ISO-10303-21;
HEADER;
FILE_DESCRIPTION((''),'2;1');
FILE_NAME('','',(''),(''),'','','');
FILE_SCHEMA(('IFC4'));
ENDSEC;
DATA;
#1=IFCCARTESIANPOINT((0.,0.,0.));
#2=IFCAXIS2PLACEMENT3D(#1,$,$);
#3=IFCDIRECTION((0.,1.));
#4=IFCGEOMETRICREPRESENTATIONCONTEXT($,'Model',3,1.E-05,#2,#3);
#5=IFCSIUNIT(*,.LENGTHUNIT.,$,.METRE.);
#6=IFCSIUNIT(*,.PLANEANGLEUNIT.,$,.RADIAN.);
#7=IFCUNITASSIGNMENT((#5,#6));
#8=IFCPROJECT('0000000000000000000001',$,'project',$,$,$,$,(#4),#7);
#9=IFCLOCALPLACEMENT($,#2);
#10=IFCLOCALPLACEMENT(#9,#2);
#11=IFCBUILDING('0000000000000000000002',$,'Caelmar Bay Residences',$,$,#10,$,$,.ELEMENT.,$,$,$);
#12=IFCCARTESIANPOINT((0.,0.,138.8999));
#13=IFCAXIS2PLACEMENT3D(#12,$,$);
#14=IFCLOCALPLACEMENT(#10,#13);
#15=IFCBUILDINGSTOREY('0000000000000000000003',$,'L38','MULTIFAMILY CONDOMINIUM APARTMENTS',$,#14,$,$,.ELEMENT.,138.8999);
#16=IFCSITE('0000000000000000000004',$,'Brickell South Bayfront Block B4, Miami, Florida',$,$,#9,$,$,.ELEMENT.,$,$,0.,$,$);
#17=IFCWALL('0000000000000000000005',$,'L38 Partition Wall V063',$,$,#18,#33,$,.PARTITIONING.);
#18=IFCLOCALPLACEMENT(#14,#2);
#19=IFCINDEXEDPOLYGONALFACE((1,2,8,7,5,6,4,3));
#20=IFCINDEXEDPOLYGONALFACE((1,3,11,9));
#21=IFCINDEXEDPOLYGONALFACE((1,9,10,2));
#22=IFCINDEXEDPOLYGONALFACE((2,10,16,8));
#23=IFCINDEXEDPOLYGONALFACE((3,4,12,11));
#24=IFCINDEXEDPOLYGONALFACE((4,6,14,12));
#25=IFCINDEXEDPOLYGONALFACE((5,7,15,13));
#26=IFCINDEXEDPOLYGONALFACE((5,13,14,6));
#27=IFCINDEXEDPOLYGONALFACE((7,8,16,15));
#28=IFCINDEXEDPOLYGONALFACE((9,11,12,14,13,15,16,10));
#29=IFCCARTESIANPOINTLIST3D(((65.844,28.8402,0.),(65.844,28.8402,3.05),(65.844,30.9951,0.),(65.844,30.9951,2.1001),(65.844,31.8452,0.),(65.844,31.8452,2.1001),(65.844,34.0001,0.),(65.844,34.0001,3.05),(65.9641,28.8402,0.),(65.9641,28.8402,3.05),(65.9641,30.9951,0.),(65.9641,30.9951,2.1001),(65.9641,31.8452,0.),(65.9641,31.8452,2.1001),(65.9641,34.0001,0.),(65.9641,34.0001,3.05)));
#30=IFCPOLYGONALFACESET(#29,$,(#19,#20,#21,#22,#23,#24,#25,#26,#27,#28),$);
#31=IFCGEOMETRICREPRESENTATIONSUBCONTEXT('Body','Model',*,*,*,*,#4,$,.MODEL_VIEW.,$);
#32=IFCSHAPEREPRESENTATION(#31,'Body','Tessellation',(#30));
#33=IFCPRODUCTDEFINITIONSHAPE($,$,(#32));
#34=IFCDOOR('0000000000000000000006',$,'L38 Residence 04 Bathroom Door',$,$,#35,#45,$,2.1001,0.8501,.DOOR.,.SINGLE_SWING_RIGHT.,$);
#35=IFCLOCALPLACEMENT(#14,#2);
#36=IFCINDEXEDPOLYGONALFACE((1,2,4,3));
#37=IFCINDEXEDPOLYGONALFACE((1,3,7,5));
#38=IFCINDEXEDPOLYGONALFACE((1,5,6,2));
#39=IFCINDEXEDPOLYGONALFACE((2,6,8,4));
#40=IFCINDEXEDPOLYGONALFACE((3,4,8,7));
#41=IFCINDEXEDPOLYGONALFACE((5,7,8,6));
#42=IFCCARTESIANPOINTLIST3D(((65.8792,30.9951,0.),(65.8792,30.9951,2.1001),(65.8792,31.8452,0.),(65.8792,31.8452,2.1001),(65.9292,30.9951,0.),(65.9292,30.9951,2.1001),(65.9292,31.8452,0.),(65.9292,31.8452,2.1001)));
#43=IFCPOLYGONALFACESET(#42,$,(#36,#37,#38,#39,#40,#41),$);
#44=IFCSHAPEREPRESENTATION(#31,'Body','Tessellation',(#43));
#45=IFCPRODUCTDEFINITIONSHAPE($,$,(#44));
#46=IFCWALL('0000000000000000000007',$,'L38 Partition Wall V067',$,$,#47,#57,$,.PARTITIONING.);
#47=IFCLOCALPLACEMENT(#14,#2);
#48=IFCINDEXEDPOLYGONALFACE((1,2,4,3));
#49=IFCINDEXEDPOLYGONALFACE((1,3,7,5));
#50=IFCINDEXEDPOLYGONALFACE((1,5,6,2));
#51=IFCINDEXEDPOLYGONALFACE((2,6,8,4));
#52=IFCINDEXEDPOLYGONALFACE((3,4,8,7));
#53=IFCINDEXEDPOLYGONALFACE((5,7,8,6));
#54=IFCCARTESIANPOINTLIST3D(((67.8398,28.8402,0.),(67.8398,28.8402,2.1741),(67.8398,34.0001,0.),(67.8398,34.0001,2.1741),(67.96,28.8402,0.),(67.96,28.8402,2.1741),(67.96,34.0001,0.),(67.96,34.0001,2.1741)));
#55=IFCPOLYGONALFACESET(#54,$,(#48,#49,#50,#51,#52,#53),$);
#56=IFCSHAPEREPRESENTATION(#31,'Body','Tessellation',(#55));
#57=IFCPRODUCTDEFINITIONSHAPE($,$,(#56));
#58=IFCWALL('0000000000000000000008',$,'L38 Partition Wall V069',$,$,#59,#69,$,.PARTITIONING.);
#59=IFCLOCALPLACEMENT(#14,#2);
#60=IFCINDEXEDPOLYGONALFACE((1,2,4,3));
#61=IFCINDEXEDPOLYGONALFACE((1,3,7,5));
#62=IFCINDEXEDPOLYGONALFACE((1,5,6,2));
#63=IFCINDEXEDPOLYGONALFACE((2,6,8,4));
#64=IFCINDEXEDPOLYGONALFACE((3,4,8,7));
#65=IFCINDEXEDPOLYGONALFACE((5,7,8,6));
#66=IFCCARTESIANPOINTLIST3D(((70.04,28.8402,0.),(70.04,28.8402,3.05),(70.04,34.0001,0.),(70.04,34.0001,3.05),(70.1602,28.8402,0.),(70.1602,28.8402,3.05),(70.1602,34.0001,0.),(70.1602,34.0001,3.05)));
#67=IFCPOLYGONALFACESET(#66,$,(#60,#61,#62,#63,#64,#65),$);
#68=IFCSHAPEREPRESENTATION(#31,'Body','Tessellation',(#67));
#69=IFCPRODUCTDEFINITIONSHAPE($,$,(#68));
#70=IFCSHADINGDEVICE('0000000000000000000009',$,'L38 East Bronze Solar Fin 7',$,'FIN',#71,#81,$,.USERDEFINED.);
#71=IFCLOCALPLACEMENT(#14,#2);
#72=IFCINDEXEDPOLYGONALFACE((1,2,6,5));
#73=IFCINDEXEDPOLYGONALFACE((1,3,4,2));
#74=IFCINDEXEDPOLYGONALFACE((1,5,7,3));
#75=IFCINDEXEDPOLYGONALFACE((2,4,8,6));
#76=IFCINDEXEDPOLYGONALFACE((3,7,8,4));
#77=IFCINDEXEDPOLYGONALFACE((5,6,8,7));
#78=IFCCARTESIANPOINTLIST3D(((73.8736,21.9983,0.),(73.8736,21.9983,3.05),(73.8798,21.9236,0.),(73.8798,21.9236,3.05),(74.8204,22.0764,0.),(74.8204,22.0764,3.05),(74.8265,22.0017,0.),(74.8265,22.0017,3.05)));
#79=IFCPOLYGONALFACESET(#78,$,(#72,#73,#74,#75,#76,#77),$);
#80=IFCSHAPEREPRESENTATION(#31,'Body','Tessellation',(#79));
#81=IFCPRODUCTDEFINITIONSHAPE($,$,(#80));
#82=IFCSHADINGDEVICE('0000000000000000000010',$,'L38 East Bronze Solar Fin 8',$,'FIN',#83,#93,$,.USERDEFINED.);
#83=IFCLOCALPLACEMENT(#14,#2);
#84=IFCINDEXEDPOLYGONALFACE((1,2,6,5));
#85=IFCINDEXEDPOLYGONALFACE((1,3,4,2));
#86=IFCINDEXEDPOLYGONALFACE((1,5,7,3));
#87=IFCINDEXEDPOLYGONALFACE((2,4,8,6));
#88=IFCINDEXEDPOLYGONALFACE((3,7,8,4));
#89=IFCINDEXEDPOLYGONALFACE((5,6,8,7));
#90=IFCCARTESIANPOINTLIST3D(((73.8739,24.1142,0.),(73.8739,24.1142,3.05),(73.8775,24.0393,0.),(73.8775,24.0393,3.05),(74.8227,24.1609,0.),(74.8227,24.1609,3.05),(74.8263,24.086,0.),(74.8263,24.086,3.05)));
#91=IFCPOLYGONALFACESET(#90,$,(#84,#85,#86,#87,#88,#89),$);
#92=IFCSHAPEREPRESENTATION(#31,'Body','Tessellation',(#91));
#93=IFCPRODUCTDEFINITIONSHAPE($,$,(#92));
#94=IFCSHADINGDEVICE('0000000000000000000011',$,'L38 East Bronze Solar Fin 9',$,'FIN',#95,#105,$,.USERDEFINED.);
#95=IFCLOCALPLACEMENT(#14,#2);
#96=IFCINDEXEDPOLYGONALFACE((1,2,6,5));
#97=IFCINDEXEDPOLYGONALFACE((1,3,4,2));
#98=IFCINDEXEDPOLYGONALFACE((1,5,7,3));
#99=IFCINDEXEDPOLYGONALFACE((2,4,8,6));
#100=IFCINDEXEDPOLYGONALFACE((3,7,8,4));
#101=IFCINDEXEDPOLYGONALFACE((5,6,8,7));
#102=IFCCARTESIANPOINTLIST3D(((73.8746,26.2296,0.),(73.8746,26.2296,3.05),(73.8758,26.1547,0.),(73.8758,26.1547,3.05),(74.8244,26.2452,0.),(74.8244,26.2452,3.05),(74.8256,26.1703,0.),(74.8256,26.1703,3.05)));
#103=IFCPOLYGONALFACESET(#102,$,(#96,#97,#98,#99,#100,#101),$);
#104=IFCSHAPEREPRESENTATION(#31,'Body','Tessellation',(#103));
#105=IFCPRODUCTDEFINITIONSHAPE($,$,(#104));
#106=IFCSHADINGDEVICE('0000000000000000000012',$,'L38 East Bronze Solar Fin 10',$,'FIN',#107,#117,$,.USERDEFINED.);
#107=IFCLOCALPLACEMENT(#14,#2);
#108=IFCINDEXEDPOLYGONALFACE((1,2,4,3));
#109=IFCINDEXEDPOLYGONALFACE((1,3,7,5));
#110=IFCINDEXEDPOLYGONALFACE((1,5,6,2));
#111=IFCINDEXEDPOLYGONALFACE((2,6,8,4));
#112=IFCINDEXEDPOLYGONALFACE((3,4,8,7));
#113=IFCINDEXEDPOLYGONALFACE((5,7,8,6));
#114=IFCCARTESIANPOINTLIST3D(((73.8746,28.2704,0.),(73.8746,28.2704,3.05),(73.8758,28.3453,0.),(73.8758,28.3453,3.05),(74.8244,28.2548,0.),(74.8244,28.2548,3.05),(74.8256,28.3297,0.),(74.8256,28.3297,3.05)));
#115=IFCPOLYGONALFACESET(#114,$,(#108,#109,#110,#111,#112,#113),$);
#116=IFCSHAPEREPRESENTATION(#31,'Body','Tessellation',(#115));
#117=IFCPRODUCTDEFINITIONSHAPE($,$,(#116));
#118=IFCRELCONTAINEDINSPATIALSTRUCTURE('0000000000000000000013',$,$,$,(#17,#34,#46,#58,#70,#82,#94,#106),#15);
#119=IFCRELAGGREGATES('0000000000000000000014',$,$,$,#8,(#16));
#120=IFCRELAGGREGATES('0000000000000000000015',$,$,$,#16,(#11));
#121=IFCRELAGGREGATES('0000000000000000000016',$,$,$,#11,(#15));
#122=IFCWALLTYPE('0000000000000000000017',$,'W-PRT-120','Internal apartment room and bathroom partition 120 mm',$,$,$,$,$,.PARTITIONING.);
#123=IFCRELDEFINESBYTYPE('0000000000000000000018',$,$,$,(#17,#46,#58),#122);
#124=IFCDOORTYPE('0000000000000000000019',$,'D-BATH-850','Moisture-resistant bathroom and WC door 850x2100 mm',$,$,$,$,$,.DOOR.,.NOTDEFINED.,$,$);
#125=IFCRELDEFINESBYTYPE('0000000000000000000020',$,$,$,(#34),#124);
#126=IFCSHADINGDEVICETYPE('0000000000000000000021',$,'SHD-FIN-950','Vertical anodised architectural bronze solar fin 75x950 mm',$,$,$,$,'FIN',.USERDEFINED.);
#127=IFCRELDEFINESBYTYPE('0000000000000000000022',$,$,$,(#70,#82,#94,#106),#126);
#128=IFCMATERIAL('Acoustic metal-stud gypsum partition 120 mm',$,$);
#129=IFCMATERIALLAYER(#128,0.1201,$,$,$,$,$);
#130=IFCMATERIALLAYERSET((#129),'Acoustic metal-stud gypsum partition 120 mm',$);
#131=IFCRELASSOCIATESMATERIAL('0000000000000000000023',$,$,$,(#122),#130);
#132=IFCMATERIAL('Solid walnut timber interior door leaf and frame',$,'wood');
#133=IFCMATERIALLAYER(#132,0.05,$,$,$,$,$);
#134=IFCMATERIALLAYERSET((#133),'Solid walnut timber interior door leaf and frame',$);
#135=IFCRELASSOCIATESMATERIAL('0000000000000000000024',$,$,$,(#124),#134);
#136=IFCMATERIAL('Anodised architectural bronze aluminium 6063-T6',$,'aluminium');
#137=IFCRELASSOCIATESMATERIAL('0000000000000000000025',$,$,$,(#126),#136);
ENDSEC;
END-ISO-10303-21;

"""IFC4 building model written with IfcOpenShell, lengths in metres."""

from ifc_helpers import new_model, si_unit, direction, frame, frame_2d, origin, origin_2d, place, context, subcontext, project, spatial, rectangle, extrude, material, layer, layer_set, material_profile, profile_set, type_object, element, fill, save


model = new_model("IFC4")

# Units and contexts
model_context = context("Model", 3, precision=1e-05, world=origin(), true_north=direction((0.0, 1.0)))
body_context = subcontext(model_context, "Body", "Model", "MODEL_VIEW")
ifc_project = project(units=[si_unit("LENGTHUNIT", "METRE"), si_unit("PLANEANGLEUNIT", "RADIAN")], contexts=[model_context])

# Site, building, storey
site_placement = place(None, origin())
site = spatial("IfcSite", under=ifc_project, at=site_placement, Name="Brickell South Bayfront Block B4, Miami, Florida", CompositionType="ELEMENT", RefElevation=0.0)
building_placement = place(site_placement, origin())
building = spatial("IfcBuilding", under=site, at=building_placement, Name="Caelmar Bay Residences", CompositionType="ELEMENT")
storey_placement = place(building_placement, frame((0.0, 0.0, 138.8999)))
storey = spatial("IfcBuildingStorey", under=building, at=storey_placement, Name="L38", Description="MULTIFAMILY CONDOMINIUM APARTMENTS", CompositionType="ELEMENT", Elevation=138.8999)

# Wall, opening, door
ifc_material_1 = material(Name="Acoustic metal-stud gypsum partition 120 mm")
ifc_layer_1 = layer(ifc_material_1, 0.1201)
ifc_layer_set_1 = layer_set([ifc_layer_1], Name="Acoustic metal-stud gypsum partition 120 mm")
wall_type = type_object("IfcWallType", Name="W-PRT-120", Description="Internal apartment room and bathroom partition 120 mm", PredefinedType="PARTITIONING", material=ifc_layer_set_1)
ifc_material_2 = material(Name="Solid walnut timber interior door leaf and frame", Category="wood")
wall_1_placement = place(storey_placement, frame((65.9041, 28.8401, 0.0), z_axis=(0.0, 0.0, 1.0), x_axis=(0.0, 1.0, 0.0)))
wall_1 = element("IfcWall", 1, at=wall_1_placement, inside=storey, type_object=wall_type, Name="L38 Partition Wall V063", PredefinedType="PARTITIONING", context=body_context, shape_type="SweptSolid", body=[
    extrude(rectangle(XDim=5.1599, YDim=0.1201, at=frame_2d((2.5801, 0.0))), origin(), (0.0, 0.0, 1.0), 3.05),
])
opening_1_placement = place(wall_1_placement, frame((2.155, 0.0, 0.0)))
opening_1 = element("IfcOpeningElement", 2, at=opening_1_placement, cuts=wall_1, PredefinedType="OPENING", context=body_context, shape_type="SweptSolid", body=[
    extrude(rectangle(XDim=0.8501, YDim=2.1001, at=frame_2d((0.425, 1.05))), frame((0.0, 0.0701, 0.0), z_axis=(0.0, -1.0, 0.0), x_axis=(1.0, 0.0, 0.0)), (0.0, 0.0, 1.0), 0.1401),
])
ifc_layer_2 = layer(ifc_material_2, 0.05)
ifc_layer_set_2 = layer_set([ifc_layer_2], Name="Solid walnut timber interior door leaf and frame")
door_type_1 = type_object("IfcDoorType", Name="D-BATH-850", Description="Moisture-resistant bathroom and WC door 850x2100 mm", OperationType="NOTDEFINED", PredefinedType="DOOR", material=ifc_layer_set_2)
door_1_placement = place(opening_1_placement, origin())
door_1 = element("IfcDoor", 3, at=door_1_placement, inside=storey, type_object=door_type_1, Name="L38 Residence 04 Bathroom Door", OperationType="SINGLE_SWING_RIGHT", OverallHeight=2.1001, OverallWidth=0.8501, PredefinedType="DOOR", context=body_context, shape_type="SweptSolid", body=[
    extrude(rectangle(XDim=0.8501, YDim=2.1001, at=frame_2d((0.425, 1.05))), frame((0.0, 0.0249, 0.0), z_axis=(0.0, -1.0, 0.0), x_axis=(1.0, 0.0, 0.0)), (0.0, 0.0, 1.0), 0.05),
])
fill(opening_1, door_1)

# Walls
wall_2_placement = place(storey_placement, frame((67.8999, 28.8401, 0.0), z_axis=(0.0, 0.0, 1.0), x_axis=(0.0, 1.0, 0.0)))
element("IfcWall", 4, at=wall_2_placement, inside=storey, type_object=wall_type, Name="L38 Partition Wall V067", PredefinedType="PARTITIONING", context=body_context, shape_type="SweptSolid", body=[
    extrude(rectangle(XDim=5.1599, YDim=0.1201, at=frame_2d((2.5801, 0.0))), origin(), (0.0, 0.0, 1.0), 2.1741),
])
wall_3_placement = place(storey_placement, frame((70.1001, 28.8401, 0.0), z_axis=(0.0, 0.0, 1.0), x_axis=(0.0, 1.0, 0.0)))
element("IfcWall", 5, at=wall_3_placement, inside=storey, type_object=wall_type, Name="L38 Partition Wall V069", PredefinedType="PARTITIONING", context=body_context, shape_type="SweptSolid", body=[
    extrude(rectangle(XDim=5.1599, YDim=0.1201, at=frame_2d((2.5801, 0.0))), origin(), (0.0, 0.0, 1.0), 3.05),
])

# Shading devices
ifc_material_3 = material(Name="Anodised architectural bronze aluminium 6063-T6", Category="aluminium")
ifc_material_profile_1 = material_profile(ifc_material_3, rectangle(XDim=0.075, YDim=0.95, at=origin_2d()), Name="BRONZE-FIN-75X950")
ifc_profile_set_1 = profile_set([ifc_material_profile_1], Name="Anodised architectural bronze aluminium 6063-T6")
shading_device_type = type_object("IfcShadingDeviceType", Name="SHD-FIN-950", Description="Vertical anodised architectural bronze solar fin 75x950 mm", ElementType="FIN", PredefinedType="USERDEFINED", material=ifc_profile_set_1)
for number, where, z_axis, x_axis, name in (
    (6, (74.3501, 22.0, 0.0), (0.0, 0.0, 1.0), (-0.082112, 0.996623, 0.0), "L38 East Bronze Solar Fin 7"),
    (7, (74.3501, 24.1001, 0.0), (0.0, 0.0, 1.0), (-0.049198, 0.998789, 0.0), "L38 East Bronze Solar Fin 8"),
    (8, (74.3501, 26.2, 0.0), (0.0, 0.0, 1.0), (-0.016405, 0.999865, 0.0), "L38 East Bronze Solar Fin 9"),
    (9, (74.3501, 28.3, 0.0), (0.0, 0.0, 1.0), (0.016405, 0.999865, 0.0), "L38 East Bronze Solar Fin 10"),
):
    element("IfcShadingDevice", number, at=place(storey_placement, frame(where, z_axis=z_axis, x_axis=x_axis)), inside=storey, type_object=shading_device_type, Name=name, ObjectType="FIN", PredefinedType="USERDEFINED", context=body_context, shape_type="SweptSolid", body=[
        extrude(rectangle(XDim=0.075, YDim=0.95, at=origin_2d()), origin(), (0.0, 0.0, 1.0), 3.05),
    ])

save(model, "model.ifc")
